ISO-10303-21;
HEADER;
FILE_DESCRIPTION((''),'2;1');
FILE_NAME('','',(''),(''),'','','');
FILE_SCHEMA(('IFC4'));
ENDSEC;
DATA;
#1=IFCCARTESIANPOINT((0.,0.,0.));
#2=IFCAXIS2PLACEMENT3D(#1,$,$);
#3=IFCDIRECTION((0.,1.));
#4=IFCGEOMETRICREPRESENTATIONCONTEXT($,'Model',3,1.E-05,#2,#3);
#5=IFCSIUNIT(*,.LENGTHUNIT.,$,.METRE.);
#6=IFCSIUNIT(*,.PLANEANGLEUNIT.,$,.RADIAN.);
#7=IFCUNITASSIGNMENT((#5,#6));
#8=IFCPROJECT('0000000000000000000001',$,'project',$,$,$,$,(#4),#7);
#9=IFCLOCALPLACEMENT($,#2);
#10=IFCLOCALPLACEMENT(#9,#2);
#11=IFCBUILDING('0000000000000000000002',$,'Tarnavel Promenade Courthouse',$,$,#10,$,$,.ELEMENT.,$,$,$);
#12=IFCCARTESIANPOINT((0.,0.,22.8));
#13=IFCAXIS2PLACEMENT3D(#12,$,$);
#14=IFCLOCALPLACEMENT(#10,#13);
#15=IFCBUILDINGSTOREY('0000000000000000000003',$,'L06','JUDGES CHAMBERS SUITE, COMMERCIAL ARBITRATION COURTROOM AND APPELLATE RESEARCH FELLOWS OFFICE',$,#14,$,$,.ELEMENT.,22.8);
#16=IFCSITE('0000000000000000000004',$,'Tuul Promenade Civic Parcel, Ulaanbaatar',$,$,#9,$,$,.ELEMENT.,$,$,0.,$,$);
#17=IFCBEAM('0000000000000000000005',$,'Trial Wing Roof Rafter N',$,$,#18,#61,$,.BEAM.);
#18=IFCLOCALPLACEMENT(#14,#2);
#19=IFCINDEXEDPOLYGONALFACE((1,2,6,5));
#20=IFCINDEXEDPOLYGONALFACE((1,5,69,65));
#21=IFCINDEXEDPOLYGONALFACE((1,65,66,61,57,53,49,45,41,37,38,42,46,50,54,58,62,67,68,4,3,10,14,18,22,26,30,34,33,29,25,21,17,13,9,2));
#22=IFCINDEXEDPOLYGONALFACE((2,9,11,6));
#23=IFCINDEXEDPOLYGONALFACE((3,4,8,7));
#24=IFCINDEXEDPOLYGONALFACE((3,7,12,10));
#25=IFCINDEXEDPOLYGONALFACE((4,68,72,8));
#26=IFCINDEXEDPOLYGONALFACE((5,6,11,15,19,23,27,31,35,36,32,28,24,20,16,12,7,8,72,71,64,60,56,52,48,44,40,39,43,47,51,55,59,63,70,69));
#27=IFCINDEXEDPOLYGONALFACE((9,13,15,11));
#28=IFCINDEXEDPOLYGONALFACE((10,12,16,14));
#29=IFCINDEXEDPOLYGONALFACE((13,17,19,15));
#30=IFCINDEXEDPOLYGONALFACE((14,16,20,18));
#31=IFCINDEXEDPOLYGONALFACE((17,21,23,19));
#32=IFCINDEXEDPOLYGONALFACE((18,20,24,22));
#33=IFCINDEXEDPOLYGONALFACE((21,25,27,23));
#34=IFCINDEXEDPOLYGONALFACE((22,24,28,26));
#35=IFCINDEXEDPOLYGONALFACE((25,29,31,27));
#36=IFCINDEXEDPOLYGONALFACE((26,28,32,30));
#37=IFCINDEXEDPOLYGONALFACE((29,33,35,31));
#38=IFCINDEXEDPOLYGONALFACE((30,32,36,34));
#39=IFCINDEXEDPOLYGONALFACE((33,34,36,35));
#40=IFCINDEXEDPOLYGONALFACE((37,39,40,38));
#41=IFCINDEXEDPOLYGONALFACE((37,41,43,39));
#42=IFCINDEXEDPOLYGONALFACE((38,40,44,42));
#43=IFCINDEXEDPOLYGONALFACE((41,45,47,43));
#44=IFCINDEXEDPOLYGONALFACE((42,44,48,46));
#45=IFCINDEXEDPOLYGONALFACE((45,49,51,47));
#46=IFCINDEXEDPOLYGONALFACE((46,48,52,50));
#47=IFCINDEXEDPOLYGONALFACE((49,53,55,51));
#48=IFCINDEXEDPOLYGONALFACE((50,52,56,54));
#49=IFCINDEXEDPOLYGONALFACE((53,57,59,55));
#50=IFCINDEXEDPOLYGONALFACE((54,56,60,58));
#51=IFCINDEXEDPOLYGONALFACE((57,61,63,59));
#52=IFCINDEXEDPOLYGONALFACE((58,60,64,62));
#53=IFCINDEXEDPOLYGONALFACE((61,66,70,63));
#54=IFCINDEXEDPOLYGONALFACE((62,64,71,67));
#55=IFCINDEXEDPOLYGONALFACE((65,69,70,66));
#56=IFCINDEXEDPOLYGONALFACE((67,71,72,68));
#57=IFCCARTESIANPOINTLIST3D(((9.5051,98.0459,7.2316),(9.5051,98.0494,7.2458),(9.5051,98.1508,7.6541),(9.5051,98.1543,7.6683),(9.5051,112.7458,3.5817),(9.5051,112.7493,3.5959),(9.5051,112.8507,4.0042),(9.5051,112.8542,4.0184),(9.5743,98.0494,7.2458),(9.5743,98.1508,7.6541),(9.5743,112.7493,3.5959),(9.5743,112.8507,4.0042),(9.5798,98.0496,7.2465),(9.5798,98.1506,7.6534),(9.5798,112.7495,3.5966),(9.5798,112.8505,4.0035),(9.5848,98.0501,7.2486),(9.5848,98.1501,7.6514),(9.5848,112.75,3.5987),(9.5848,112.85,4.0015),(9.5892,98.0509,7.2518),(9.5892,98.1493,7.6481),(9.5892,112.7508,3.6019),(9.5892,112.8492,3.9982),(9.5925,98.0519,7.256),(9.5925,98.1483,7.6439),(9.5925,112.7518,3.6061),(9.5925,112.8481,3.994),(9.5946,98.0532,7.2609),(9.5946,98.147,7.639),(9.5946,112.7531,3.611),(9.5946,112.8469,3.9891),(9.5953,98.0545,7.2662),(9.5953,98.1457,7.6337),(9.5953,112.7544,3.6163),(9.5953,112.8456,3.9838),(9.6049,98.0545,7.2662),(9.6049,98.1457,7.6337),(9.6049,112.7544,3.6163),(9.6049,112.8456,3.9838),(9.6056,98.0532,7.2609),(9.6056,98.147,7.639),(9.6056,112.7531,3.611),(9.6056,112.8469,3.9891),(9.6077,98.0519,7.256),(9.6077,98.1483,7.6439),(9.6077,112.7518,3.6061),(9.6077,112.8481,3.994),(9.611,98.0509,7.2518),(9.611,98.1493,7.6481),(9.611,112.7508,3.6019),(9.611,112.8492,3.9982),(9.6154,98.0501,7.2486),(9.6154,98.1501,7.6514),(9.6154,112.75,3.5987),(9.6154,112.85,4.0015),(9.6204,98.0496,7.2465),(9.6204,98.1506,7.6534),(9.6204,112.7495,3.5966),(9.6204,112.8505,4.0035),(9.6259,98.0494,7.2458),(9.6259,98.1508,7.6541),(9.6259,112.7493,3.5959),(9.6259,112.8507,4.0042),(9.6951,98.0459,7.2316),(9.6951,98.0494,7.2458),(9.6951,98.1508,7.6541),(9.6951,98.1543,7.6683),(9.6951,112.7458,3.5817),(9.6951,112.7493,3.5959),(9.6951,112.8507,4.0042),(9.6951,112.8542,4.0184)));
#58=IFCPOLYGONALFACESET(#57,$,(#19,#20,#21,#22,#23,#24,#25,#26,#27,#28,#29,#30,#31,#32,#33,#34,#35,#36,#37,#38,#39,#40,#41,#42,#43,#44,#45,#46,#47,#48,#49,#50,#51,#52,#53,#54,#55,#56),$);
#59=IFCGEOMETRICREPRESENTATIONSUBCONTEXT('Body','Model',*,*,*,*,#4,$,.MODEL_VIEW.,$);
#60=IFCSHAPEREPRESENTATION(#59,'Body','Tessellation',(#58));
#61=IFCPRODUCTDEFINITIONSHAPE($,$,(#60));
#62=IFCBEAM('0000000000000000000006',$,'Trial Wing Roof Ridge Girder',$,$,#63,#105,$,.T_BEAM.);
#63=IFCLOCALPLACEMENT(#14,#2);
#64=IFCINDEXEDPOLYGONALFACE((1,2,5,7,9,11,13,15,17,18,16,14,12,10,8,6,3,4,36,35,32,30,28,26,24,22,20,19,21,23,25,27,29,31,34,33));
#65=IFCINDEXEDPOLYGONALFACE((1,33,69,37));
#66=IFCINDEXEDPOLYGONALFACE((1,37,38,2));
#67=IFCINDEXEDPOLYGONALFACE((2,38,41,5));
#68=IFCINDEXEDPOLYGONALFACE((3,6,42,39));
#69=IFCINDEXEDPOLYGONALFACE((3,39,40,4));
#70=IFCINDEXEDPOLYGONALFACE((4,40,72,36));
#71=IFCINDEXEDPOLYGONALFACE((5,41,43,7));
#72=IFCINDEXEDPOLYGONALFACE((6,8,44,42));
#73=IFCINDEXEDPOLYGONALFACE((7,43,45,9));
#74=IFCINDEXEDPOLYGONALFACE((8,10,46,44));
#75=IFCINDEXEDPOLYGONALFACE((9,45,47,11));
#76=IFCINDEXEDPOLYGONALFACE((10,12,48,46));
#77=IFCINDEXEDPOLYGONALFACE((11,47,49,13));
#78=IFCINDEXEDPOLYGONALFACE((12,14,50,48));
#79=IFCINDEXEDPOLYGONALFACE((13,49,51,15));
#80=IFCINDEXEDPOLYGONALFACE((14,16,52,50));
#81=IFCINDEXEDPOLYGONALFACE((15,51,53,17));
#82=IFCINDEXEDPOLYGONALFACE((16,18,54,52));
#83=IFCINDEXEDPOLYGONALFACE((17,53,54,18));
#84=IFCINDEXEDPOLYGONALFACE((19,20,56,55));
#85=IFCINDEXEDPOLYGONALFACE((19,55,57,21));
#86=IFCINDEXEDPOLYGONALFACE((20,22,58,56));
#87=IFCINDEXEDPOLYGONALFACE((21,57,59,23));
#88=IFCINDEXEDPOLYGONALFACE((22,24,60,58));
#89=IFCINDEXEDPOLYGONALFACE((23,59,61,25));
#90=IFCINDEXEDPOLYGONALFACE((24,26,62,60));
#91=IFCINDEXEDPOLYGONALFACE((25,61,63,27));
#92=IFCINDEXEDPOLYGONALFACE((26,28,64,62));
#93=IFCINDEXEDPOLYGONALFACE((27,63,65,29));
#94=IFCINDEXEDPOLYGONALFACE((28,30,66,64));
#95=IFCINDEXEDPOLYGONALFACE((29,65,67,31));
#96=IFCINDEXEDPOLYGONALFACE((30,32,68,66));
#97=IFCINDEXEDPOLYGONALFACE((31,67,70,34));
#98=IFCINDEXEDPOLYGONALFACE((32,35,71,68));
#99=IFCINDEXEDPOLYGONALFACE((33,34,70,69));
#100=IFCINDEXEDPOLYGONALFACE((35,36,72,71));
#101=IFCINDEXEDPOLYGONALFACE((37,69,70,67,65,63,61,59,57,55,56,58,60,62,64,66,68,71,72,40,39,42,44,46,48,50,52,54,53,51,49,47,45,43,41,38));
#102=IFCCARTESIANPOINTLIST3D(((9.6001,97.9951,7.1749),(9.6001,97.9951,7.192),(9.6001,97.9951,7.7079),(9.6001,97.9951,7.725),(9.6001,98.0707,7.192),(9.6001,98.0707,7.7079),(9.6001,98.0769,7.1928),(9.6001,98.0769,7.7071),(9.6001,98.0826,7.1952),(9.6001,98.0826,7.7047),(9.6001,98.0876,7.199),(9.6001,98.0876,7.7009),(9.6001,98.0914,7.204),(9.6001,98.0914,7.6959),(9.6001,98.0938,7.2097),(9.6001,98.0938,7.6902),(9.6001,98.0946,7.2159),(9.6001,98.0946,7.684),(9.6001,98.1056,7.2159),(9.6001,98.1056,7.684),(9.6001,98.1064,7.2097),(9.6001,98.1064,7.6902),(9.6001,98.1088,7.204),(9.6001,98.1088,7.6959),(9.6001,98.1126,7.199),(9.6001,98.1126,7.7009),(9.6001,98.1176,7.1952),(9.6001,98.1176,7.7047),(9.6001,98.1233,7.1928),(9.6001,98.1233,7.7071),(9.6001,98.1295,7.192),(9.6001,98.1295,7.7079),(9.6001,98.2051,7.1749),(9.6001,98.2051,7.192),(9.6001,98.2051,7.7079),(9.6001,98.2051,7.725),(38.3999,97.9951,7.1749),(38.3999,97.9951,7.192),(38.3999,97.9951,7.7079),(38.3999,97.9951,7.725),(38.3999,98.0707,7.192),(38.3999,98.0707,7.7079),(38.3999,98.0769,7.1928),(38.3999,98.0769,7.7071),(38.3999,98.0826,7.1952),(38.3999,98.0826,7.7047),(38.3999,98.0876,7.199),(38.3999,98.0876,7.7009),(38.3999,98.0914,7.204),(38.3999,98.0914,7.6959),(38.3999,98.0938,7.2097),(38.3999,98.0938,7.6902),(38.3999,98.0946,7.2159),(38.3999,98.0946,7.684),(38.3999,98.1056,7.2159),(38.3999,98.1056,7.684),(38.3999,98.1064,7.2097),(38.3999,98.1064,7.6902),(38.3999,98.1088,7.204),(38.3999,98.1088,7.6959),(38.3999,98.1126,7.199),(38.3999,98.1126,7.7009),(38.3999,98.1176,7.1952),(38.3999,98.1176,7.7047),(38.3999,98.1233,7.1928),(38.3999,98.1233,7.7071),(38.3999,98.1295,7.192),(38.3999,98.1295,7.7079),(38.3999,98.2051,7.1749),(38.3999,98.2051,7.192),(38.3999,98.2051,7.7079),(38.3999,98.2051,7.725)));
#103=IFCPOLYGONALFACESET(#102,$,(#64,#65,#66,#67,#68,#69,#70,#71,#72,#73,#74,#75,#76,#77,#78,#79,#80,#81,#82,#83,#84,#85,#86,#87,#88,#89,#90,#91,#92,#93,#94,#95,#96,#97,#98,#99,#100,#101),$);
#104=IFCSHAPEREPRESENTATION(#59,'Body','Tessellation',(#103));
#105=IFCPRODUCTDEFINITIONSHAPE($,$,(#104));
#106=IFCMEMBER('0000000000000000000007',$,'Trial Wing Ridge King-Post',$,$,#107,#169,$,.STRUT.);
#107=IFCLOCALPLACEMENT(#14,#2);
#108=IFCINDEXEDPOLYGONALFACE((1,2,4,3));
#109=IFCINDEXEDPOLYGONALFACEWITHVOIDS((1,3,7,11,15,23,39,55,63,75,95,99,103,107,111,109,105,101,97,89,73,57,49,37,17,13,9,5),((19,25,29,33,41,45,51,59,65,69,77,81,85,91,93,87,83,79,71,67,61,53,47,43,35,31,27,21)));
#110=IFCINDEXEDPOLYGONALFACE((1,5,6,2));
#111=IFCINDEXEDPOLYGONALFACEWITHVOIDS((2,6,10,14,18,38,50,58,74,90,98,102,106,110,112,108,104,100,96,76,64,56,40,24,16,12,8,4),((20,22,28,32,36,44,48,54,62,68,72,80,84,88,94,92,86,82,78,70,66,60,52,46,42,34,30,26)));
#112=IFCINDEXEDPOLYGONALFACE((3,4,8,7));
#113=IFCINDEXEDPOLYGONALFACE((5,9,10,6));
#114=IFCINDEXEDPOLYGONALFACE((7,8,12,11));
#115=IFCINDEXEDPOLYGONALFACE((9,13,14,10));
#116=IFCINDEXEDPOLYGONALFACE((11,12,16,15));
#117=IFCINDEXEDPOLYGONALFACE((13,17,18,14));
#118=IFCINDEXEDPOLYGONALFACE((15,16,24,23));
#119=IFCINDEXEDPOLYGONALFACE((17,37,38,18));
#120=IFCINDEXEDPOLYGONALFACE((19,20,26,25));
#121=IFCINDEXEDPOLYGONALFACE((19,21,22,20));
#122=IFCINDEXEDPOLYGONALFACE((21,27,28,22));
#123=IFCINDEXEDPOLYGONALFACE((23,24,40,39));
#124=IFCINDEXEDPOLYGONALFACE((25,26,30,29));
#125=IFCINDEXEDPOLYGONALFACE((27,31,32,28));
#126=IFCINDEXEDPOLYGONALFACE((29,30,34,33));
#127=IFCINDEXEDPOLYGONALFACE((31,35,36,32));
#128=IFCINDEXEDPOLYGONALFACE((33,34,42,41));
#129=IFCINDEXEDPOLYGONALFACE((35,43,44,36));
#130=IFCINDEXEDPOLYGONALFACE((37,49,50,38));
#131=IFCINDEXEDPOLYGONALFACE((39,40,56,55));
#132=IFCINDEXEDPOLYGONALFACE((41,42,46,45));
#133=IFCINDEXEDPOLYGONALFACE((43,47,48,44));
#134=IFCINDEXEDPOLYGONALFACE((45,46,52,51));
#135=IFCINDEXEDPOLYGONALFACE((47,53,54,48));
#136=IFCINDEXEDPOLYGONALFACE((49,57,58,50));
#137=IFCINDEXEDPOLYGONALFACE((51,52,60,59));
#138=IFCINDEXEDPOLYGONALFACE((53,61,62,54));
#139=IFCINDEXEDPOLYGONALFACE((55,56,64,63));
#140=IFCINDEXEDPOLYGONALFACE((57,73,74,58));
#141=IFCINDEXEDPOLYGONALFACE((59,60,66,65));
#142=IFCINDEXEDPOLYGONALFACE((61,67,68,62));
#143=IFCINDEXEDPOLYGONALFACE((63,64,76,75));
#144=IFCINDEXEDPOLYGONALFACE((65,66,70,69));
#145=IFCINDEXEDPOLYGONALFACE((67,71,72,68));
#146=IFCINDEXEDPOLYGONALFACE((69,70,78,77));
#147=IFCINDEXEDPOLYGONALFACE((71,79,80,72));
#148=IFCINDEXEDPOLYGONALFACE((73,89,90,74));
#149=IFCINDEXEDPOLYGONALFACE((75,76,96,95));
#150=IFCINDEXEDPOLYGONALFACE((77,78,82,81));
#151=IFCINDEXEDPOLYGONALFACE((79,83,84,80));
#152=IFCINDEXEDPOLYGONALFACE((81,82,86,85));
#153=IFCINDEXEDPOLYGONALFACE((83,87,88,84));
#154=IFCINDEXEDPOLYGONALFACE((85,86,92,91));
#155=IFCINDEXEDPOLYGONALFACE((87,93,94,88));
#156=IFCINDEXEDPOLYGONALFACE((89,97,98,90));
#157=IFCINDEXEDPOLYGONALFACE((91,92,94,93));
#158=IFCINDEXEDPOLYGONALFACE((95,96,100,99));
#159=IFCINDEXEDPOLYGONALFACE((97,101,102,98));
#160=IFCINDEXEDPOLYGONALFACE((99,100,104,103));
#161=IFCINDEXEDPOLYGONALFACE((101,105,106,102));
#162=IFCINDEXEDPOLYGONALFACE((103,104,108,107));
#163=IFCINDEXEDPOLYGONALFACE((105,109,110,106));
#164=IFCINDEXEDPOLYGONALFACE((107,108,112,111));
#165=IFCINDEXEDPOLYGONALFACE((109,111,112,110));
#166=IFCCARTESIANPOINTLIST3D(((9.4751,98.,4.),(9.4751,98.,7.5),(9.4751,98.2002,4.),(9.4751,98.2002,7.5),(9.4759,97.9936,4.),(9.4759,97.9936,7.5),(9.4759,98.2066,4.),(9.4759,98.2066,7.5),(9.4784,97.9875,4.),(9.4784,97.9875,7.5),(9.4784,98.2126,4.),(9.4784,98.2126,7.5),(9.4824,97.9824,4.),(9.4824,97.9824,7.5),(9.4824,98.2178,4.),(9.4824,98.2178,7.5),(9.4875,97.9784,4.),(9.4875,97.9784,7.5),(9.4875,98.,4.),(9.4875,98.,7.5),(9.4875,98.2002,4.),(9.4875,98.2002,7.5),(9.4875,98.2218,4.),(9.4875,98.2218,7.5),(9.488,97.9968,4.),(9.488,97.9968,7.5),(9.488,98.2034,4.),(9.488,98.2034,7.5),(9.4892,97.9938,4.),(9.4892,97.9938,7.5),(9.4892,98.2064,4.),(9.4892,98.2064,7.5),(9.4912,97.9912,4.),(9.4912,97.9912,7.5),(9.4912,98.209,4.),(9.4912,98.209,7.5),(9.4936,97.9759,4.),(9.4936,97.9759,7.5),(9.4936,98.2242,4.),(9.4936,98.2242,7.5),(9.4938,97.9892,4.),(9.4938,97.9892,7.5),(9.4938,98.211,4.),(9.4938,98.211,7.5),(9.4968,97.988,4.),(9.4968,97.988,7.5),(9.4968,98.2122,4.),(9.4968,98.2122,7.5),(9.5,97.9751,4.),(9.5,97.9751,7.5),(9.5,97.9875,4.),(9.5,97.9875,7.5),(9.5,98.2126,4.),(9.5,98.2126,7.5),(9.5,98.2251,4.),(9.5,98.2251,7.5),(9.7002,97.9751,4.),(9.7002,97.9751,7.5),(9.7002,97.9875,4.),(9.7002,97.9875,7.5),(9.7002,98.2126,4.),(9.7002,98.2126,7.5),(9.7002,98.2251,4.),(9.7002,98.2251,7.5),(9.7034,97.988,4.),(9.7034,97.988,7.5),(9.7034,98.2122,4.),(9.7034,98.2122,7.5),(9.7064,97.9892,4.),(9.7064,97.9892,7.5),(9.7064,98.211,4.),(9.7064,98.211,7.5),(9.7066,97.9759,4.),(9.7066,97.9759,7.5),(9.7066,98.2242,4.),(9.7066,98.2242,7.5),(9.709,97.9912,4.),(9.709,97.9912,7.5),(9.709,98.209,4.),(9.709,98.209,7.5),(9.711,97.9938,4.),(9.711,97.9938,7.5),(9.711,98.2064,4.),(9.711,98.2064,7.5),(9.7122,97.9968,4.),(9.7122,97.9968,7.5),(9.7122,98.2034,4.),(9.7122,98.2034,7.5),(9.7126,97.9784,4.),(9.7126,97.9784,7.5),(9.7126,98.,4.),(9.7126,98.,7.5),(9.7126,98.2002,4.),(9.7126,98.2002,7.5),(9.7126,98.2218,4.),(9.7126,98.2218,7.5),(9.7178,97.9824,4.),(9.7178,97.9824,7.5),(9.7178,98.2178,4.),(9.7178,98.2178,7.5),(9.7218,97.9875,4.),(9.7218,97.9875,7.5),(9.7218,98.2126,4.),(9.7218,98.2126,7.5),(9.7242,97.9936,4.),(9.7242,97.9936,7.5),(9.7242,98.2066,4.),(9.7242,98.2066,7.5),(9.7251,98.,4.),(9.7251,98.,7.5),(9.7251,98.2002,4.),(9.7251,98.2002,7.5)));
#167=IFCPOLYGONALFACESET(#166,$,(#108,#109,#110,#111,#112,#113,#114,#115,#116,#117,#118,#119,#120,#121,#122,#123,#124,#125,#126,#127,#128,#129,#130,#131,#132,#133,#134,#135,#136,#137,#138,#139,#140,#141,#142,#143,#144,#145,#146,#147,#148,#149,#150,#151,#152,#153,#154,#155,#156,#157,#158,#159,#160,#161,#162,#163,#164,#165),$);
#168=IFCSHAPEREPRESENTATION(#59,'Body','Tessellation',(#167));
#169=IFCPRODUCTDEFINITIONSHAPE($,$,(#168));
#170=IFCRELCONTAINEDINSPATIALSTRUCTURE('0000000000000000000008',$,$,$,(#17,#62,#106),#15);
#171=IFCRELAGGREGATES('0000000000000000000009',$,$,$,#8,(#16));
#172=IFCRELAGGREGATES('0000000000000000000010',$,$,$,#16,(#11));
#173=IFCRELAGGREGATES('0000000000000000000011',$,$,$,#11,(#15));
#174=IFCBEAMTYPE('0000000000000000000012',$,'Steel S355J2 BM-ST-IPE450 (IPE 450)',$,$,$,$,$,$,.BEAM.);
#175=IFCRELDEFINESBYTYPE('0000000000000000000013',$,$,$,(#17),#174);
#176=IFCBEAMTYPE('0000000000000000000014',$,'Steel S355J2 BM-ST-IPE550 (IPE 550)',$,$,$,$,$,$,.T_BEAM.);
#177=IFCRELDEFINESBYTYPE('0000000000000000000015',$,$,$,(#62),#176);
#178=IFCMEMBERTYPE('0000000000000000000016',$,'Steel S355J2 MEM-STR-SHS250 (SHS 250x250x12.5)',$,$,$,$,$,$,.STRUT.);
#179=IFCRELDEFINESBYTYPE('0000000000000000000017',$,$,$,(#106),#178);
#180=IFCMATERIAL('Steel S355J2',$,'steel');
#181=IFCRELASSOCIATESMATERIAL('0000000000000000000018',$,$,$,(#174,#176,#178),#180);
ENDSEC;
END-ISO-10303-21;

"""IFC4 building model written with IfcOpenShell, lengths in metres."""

from ifc_helpers import new_model, si_unit, direction, frame, origin, origin_2d, place, context, subcontext, project, spatial, hollow_rectangle, i_section, extrude, material, material_profile, profile_set, type_object, element, save


model = new_model("IFC4")

# Units and contexts
model_context = context("Model", 3, precision=1e-05, world=origin(), true_north=direction((0.0, 1.0)))
body_context = subcontext(model_context, "Body", "Model", "MODEL_VIEW")
ifc_project = project(units=[si_unit("LENGTHUNIT", "METRE"), si_unit("PLANEANGLEUNIT", "RADIAN")], contexts=[model_context])

# Site, building, storey
site_placement = place(None, origin())
site = spatial("IfcSite", under=ifc_project, at=site_placement, Name="Tuul Promenade Civic Parcel, Ulaanbaatar", CompositionType="ELEMENT", RefElevation=0.0)
building_placement = place(site_placement, origin())
building = spatial("IfcBuilding", under=site, at=building_placement, Name="Tarnavel Promenade Courthouse", CompositionType="ELEMENT")
storey_placement = place(building_placement, frame((0.0, 0.0, 22.8)))
storey = spatial("IfcBuildingStorey", under=building, at=storey_placement, Name="L06", Description="JUDGES CHAMBERS SUITE, COMMERCIAL ARBITRATION COURTROOM AND APPELLATE RESEARCH FELLOWS OFFICE", CompositionType="ELEMENT", Elevation=22.8)

# Beams
ifc_material_1 = material(Name="Steel S355J2", Category="steel")
ifc_material_profile_1 = material_profile(ifc_material_1, i_section(OverallWidth=0.1899, OverallDepth=0.45, WebThickness=0.0095, FlangeThickness=0.0146, FilletRadius=0.021, at=origin_2d()), Name="IPE 450")
ifc_profile_set_1 = profile_set([ifc_material_profile_1], Name="Steel S355J2")
beam_type_1 = type_object("IfcBeamType", Name="Steel S355J2 BM-ST-IPE450 (IPE 450)", PredefinedType="BEAM", material=ifc_profile_set_1)
beam_1_placement = place(storey_placement, frame((9.6001, 98.1001, 7.45), z_axis=(0.0, 0.970531, -0.240977), x_axis=(-1.0, 0.0, 0.0)))
element("IfcBeam", 1, at=beam_1_placement, inside=storey, type_object=beam_type_1, Name="Trial Wing Roof Rafter N", PredefinedType="BEAM", context=body_context, shape_type="SweptSolid", body=[
    extrude(i_section(OverallWidth=0.1899, OverallDepth=0.45, WebThickness=0.0095, FlangeThickness=0.0146, FilletRadius=0.021, at=origin_2d()), origin(), (0.0, 0.0, 1.0), 15.1462),
])
ifc_material_profile_2 = material_profile(ifc_material_1, i_section(OverallWidth=0.21, OverallDepth=0.55, WebThickness=0.011, FlangeThickness=0.0171, FilletRadius=0.0239, at=origin_2d()), Name="IPE 550")
ifc_profile_set_2 = profile_set([ifc_material_profile_2], Name="Steel S355J2")
beam_type_2 = type_object("IfcBeamType", Name="Steel S355J2 BM-ST-IPE550 (IPE 550)", PredefinedType="T_BEAM", material=ifc_profile_set_2)
beam_2_placement = place(storey_placement, frame((9.6001, 98.1001, 7.45), z_axis=(1.0, 0.0, 0.0), x_axis=(0.0, 1.0, 0.0)))
element("IfcBeam", 2, at=beam_2_placement, inside=storey, type_object=beam_type_2, Name="Trial Wing Roof Ridge Girder", PredefinedType="T_BEAM", context=body_context, shape_type="SweptSolid", body=[
    extrude(i_section(OverallWidth=0.21, OverallDepth=0.55, WebThickness=0.011, FlangeThickness=0.0171, FilletRadius=0.0239, at=origin_2d()), origin(), (0.0, 0.0, 1.0), 28.7998),
])

# Member
ifc_material_profile_3 = material_profile(ifc_material_1, hollow_rectangle(XDim=0.25, YDim=0.25, WallThickness=0.0125, InnerFilletRadius=0.0125, OuterFilletRadius=0.0249, at=origin_2d()), Name="SHS 250x250x12.5")
ifc_profile_set_3 = profile_set([ifc_material_profile_3], Name="Steel S355J2")
member_type = type_object("IfcMemberType", Name="Steel S355J2 MEM-STR-SHS250 (SHS 250x250x12.5)", PredefinedType="STRUT", material=ifc_profile_set_3)
member_placement = place(storey_placement, frame((9.6001, 98.1001, 4.0), z_axis=(0.0, 0.0, 1.0), x_axis=(1.0, 0.0, 0.0)))
element("IfcMember", 3, at=member_placement, inside=storey, type_object=member_type, Name="Trial Wing Ridge King-Post", PredefinedType="STRUT", context=body_context, shape_type="SweptSolid", body=[
    extrude(hollow_rectangle(XDim=0.25, YDim=0.25, WallThickness=0.0125, InnerFilletRadius=0.0125, OuterFilletRadius=0.0249, at=origin_2d()), origin(), (0.0, 0.0, 1.0), 3.5),
])

save(model, "model.ifc")
